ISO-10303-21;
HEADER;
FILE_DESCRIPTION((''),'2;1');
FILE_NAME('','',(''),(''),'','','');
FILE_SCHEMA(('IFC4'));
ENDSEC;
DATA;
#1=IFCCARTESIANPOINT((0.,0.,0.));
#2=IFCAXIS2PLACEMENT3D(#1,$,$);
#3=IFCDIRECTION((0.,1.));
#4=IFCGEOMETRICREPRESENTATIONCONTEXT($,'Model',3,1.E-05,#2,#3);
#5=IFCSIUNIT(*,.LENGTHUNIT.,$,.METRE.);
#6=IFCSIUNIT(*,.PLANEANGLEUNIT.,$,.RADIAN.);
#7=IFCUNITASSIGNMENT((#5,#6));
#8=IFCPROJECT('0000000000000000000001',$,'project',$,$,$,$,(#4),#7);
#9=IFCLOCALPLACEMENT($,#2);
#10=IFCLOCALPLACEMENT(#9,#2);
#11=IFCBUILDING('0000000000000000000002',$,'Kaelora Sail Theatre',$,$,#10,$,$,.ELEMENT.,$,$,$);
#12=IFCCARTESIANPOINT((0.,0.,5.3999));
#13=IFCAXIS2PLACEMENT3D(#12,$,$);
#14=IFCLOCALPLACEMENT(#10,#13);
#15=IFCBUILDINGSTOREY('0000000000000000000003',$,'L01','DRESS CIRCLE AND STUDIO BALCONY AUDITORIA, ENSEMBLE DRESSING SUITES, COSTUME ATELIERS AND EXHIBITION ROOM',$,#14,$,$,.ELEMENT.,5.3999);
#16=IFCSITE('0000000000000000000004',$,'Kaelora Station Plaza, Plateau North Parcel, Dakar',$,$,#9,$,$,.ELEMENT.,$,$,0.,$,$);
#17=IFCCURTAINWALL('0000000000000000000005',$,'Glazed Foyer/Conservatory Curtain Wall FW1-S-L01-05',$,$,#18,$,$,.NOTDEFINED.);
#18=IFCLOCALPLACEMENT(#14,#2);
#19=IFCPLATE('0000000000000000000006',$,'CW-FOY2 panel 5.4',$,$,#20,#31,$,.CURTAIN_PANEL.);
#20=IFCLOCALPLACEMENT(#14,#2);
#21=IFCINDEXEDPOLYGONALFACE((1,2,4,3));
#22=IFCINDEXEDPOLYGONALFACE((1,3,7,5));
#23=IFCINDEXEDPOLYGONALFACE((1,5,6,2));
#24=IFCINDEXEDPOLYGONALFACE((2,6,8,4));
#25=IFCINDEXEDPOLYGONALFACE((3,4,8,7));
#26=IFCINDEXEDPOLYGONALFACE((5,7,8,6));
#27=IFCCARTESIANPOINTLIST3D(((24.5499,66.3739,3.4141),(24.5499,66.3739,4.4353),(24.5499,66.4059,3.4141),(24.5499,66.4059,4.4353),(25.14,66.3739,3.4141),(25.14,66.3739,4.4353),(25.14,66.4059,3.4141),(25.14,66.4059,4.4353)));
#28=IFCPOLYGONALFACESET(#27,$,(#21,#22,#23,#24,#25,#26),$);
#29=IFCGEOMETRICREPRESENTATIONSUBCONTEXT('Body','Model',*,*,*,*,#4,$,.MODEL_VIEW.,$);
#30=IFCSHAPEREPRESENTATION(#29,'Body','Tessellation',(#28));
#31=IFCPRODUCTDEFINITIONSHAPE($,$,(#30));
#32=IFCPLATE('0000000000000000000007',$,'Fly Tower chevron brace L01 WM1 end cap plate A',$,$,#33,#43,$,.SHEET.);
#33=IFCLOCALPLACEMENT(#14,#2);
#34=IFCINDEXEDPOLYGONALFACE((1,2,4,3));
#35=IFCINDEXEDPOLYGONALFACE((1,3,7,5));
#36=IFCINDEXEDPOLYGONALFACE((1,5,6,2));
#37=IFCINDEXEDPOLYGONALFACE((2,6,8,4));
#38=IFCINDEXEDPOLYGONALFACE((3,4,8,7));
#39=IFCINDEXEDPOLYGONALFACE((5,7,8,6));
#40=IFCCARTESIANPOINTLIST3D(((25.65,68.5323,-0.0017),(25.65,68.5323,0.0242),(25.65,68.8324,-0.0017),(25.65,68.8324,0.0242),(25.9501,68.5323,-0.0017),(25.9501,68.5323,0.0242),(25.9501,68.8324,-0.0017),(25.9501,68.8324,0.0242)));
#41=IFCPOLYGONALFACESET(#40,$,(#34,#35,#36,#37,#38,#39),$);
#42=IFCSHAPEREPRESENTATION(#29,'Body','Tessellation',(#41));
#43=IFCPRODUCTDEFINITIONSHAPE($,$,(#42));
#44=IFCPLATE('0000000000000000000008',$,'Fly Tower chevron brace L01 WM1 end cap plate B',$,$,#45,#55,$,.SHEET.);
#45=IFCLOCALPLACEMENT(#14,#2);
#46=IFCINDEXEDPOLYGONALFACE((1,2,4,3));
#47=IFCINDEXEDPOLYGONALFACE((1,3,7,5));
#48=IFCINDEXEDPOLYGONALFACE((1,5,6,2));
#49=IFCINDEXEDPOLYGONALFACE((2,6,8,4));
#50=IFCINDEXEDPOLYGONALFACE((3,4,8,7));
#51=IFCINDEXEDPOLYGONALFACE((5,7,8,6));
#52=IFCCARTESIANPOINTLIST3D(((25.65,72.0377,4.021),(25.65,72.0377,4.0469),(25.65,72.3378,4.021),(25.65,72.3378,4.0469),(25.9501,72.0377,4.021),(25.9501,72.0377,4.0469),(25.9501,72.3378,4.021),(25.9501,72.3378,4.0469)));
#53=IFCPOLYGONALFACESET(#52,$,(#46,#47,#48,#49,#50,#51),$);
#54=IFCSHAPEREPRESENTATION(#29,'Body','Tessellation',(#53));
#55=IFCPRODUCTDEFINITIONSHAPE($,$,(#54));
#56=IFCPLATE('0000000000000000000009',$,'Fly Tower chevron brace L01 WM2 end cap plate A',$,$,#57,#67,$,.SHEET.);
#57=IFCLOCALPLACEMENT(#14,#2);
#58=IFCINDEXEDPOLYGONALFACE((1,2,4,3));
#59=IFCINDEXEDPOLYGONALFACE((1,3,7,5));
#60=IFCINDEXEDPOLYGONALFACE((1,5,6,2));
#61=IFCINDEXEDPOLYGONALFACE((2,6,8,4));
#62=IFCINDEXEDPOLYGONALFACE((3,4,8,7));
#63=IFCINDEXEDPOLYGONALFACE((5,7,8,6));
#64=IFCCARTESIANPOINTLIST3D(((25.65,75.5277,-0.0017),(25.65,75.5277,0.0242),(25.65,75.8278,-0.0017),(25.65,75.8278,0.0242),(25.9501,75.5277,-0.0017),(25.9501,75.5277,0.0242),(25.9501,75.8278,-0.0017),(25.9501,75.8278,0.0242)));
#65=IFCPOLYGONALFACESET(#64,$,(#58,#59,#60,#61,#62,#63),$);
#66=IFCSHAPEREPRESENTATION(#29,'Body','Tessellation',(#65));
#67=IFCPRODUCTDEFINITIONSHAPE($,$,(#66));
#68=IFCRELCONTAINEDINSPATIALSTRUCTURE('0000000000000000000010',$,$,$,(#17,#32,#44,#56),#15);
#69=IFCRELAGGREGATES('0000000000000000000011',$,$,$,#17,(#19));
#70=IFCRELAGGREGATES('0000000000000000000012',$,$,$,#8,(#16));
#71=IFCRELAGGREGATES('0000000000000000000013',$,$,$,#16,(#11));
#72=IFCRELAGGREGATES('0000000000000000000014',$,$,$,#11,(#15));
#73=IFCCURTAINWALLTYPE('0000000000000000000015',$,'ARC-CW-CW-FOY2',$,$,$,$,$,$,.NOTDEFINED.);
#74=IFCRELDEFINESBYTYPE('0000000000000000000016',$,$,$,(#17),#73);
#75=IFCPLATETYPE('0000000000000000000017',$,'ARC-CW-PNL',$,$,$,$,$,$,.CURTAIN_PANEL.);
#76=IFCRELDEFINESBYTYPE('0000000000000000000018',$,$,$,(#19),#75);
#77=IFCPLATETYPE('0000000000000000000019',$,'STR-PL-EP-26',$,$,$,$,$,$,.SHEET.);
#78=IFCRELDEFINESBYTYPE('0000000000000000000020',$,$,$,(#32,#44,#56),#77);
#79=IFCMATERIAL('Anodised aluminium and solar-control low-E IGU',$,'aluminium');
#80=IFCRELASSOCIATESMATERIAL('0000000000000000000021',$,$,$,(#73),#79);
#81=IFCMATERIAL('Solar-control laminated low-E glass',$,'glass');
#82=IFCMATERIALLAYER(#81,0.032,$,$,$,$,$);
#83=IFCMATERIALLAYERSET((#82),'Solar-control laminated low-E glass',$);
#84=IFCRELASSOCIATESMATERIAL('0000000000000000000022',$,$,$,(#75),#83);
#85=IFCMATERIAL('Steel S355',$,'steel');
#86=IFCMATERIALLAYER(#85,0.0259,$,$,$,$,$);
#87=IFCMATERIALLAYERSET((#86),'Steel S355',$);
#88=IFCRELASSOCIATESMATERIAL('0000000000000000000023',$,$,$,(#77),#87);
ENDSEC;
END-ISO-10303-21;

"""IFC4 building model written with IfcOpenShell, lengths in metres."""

from ifc_helpers import new_model, si_unit, direction, frame, origin, origin_2d, place, context, subcontext, project, spatial, rectangle, extrude, material, layer, layer_set, type_object, element, aggregate, save


model = new_model("IFC4")

# Units and contexts
model_context = context("Model", 3, precision=1e-05, world=origin(), true_north=direction((0.0, 1.0)))
body_context = subcontext(model_context, "Body", "Model", "MODEL_VIEW")
ifc_project = project(units=[si_unit("LENGTHUNIT", "METRE"), si_unit("PLANEANGLEUNIT", "RADIAN")], contexts=[model_context])

# Site, building, storey
site_placement = place(None, origin())
site = spatial("IfcSite", under=ifc_project, at=site_placement, Name="Kaelora Station Plaza, Plateau North Parcel, Dakar", CompositionType="ELEMENT", RefElevation=0.0)
building_placement = place(site_placement, origin())
building = spatial("IfcBuilding", under=site, at=building_placement, Name="Kaelora Sail Theatre", CompositionType="ELEMENT")
storey_placement = place(building_placement, frame((0.0, 0.0, 5.3999)))
storey = spatial("IfcBuildingStorey", under=building, at=storey_placement, Name="L01", Description="DRESS CIRCLE AND STUDIO BALCONY AUDITORIA, ENSEMBLE DRESSING SUITES, COSTUME ATELIERS AND EXHIBITION ROOM", CompositionType="ELEMENT", Elevation=5.3999)

# Curtain wall
ifc_material_1 = material(Name="Anodised aluminium and solar-control low-E IGU", Category="aluminium")
curtain_wall_type = type_object("IfcCurtainWallType", Name="ARC-CW-CW-FOY2", PredefinedType="NOTDEFINED", material=ifc_material_1)
curtain_wall_placement = place(storey_placement, origin())
curtain_wall = element("IfcCurtainWall", 1, at=curtain_wall_placement, inside=storey, type_object=curtain_wall_type, Name="Glazed Foyer/Conservatory Curtain Wall FW1-S-L01-05", PredefinedType="NOTDEFINED")

# Plate
ifc_material_2 = material(Name="Solar-control laminated low-E glass", Category="glass")
ifc_layer_1 = layer(ifc_material_2, 0.032)
ifc_layer_set_1 = layer_set([ifc_layer_1], Name="Solar-control laminated low-E glass")
plate_type_1 = type_object("IfcPlateType", Name="ARC-CW-PNL", PredefinedType="CURTAIN_PANEL", material=ifc_layer_set_1)
plate_1_placement = place(storey_placement, frame((24.845, 66.3899, 3.4141), z_axis=(0.0, 0.0, 1.0), x_axis=(1.0, 0.0, 0.0)))
plate_1 = element("IfcPlate", 2, at=plate_1_placement, type_object=plate_type_1, Name="CW-FOY2 panel 5.4", PredefinedType="CURTAIN_PANEL", context=body_context, shape_type="SweptSolid", body=[
    extrude(rectangle(XDim=0.5901, YDim=0.032, at=origin_2d()), origin(), (0.0, 0.0, 1.0), 1.0212),
])
aggregate(curtain_wall, [plate_1])

# Plates
ifc_material_3 = material(Name="Steel S355", Category="steel")
ifc_layer_2 = layer(ifc_material_3, 0.0259)
ifc_layer_set_2 = layer_set([ifc_layer_2], Name="Steel S355")
plate_type_2 = type_object("IfcPlateType", Name="STR-PL-EP-26", PredefinedType="SHEET", material=ifc_layer_set_2)
for number, where, z_axis, x_axis, name in (
    (3, (25.8, 68.6824, -0.0017), (0.0, 0.0, 1.0), (1.0, 0.0, 0.0), "Fly Tower chevron brace L01 WM1 end cap plate A"),
    (4, (25.8, 72.1877, 4.021), (0.0, 0.0, 1.0), (1.0, 0.0, 0.0), "Fly Tower chevron brace L01 WM1 end cap plate B"),
    (5, (25.8, 75.6777, -0.0017), (0.0, 0.0, 1.0), (1.0, 0.0, 0.0), "Fly Tower chevron brace L01 WM2 end cap plate A"),
):
    element("IfcPlate", number, at=place(storey_placement, frame(where, z_axis=z_axis, x_axis=x_axis)), inside=storey, type_object=plate_type_2, Name=name, PredefinedType="SHEET", context=body_context, shape_type="SweptSolid", body=[
        extrude(rectangle(XDim=0.3, YDim=0.3, at=origin_2d()), origin(), (0.0, 0.0, 1.0), 0.0259),
    ])

save(model, "model.ifc")
